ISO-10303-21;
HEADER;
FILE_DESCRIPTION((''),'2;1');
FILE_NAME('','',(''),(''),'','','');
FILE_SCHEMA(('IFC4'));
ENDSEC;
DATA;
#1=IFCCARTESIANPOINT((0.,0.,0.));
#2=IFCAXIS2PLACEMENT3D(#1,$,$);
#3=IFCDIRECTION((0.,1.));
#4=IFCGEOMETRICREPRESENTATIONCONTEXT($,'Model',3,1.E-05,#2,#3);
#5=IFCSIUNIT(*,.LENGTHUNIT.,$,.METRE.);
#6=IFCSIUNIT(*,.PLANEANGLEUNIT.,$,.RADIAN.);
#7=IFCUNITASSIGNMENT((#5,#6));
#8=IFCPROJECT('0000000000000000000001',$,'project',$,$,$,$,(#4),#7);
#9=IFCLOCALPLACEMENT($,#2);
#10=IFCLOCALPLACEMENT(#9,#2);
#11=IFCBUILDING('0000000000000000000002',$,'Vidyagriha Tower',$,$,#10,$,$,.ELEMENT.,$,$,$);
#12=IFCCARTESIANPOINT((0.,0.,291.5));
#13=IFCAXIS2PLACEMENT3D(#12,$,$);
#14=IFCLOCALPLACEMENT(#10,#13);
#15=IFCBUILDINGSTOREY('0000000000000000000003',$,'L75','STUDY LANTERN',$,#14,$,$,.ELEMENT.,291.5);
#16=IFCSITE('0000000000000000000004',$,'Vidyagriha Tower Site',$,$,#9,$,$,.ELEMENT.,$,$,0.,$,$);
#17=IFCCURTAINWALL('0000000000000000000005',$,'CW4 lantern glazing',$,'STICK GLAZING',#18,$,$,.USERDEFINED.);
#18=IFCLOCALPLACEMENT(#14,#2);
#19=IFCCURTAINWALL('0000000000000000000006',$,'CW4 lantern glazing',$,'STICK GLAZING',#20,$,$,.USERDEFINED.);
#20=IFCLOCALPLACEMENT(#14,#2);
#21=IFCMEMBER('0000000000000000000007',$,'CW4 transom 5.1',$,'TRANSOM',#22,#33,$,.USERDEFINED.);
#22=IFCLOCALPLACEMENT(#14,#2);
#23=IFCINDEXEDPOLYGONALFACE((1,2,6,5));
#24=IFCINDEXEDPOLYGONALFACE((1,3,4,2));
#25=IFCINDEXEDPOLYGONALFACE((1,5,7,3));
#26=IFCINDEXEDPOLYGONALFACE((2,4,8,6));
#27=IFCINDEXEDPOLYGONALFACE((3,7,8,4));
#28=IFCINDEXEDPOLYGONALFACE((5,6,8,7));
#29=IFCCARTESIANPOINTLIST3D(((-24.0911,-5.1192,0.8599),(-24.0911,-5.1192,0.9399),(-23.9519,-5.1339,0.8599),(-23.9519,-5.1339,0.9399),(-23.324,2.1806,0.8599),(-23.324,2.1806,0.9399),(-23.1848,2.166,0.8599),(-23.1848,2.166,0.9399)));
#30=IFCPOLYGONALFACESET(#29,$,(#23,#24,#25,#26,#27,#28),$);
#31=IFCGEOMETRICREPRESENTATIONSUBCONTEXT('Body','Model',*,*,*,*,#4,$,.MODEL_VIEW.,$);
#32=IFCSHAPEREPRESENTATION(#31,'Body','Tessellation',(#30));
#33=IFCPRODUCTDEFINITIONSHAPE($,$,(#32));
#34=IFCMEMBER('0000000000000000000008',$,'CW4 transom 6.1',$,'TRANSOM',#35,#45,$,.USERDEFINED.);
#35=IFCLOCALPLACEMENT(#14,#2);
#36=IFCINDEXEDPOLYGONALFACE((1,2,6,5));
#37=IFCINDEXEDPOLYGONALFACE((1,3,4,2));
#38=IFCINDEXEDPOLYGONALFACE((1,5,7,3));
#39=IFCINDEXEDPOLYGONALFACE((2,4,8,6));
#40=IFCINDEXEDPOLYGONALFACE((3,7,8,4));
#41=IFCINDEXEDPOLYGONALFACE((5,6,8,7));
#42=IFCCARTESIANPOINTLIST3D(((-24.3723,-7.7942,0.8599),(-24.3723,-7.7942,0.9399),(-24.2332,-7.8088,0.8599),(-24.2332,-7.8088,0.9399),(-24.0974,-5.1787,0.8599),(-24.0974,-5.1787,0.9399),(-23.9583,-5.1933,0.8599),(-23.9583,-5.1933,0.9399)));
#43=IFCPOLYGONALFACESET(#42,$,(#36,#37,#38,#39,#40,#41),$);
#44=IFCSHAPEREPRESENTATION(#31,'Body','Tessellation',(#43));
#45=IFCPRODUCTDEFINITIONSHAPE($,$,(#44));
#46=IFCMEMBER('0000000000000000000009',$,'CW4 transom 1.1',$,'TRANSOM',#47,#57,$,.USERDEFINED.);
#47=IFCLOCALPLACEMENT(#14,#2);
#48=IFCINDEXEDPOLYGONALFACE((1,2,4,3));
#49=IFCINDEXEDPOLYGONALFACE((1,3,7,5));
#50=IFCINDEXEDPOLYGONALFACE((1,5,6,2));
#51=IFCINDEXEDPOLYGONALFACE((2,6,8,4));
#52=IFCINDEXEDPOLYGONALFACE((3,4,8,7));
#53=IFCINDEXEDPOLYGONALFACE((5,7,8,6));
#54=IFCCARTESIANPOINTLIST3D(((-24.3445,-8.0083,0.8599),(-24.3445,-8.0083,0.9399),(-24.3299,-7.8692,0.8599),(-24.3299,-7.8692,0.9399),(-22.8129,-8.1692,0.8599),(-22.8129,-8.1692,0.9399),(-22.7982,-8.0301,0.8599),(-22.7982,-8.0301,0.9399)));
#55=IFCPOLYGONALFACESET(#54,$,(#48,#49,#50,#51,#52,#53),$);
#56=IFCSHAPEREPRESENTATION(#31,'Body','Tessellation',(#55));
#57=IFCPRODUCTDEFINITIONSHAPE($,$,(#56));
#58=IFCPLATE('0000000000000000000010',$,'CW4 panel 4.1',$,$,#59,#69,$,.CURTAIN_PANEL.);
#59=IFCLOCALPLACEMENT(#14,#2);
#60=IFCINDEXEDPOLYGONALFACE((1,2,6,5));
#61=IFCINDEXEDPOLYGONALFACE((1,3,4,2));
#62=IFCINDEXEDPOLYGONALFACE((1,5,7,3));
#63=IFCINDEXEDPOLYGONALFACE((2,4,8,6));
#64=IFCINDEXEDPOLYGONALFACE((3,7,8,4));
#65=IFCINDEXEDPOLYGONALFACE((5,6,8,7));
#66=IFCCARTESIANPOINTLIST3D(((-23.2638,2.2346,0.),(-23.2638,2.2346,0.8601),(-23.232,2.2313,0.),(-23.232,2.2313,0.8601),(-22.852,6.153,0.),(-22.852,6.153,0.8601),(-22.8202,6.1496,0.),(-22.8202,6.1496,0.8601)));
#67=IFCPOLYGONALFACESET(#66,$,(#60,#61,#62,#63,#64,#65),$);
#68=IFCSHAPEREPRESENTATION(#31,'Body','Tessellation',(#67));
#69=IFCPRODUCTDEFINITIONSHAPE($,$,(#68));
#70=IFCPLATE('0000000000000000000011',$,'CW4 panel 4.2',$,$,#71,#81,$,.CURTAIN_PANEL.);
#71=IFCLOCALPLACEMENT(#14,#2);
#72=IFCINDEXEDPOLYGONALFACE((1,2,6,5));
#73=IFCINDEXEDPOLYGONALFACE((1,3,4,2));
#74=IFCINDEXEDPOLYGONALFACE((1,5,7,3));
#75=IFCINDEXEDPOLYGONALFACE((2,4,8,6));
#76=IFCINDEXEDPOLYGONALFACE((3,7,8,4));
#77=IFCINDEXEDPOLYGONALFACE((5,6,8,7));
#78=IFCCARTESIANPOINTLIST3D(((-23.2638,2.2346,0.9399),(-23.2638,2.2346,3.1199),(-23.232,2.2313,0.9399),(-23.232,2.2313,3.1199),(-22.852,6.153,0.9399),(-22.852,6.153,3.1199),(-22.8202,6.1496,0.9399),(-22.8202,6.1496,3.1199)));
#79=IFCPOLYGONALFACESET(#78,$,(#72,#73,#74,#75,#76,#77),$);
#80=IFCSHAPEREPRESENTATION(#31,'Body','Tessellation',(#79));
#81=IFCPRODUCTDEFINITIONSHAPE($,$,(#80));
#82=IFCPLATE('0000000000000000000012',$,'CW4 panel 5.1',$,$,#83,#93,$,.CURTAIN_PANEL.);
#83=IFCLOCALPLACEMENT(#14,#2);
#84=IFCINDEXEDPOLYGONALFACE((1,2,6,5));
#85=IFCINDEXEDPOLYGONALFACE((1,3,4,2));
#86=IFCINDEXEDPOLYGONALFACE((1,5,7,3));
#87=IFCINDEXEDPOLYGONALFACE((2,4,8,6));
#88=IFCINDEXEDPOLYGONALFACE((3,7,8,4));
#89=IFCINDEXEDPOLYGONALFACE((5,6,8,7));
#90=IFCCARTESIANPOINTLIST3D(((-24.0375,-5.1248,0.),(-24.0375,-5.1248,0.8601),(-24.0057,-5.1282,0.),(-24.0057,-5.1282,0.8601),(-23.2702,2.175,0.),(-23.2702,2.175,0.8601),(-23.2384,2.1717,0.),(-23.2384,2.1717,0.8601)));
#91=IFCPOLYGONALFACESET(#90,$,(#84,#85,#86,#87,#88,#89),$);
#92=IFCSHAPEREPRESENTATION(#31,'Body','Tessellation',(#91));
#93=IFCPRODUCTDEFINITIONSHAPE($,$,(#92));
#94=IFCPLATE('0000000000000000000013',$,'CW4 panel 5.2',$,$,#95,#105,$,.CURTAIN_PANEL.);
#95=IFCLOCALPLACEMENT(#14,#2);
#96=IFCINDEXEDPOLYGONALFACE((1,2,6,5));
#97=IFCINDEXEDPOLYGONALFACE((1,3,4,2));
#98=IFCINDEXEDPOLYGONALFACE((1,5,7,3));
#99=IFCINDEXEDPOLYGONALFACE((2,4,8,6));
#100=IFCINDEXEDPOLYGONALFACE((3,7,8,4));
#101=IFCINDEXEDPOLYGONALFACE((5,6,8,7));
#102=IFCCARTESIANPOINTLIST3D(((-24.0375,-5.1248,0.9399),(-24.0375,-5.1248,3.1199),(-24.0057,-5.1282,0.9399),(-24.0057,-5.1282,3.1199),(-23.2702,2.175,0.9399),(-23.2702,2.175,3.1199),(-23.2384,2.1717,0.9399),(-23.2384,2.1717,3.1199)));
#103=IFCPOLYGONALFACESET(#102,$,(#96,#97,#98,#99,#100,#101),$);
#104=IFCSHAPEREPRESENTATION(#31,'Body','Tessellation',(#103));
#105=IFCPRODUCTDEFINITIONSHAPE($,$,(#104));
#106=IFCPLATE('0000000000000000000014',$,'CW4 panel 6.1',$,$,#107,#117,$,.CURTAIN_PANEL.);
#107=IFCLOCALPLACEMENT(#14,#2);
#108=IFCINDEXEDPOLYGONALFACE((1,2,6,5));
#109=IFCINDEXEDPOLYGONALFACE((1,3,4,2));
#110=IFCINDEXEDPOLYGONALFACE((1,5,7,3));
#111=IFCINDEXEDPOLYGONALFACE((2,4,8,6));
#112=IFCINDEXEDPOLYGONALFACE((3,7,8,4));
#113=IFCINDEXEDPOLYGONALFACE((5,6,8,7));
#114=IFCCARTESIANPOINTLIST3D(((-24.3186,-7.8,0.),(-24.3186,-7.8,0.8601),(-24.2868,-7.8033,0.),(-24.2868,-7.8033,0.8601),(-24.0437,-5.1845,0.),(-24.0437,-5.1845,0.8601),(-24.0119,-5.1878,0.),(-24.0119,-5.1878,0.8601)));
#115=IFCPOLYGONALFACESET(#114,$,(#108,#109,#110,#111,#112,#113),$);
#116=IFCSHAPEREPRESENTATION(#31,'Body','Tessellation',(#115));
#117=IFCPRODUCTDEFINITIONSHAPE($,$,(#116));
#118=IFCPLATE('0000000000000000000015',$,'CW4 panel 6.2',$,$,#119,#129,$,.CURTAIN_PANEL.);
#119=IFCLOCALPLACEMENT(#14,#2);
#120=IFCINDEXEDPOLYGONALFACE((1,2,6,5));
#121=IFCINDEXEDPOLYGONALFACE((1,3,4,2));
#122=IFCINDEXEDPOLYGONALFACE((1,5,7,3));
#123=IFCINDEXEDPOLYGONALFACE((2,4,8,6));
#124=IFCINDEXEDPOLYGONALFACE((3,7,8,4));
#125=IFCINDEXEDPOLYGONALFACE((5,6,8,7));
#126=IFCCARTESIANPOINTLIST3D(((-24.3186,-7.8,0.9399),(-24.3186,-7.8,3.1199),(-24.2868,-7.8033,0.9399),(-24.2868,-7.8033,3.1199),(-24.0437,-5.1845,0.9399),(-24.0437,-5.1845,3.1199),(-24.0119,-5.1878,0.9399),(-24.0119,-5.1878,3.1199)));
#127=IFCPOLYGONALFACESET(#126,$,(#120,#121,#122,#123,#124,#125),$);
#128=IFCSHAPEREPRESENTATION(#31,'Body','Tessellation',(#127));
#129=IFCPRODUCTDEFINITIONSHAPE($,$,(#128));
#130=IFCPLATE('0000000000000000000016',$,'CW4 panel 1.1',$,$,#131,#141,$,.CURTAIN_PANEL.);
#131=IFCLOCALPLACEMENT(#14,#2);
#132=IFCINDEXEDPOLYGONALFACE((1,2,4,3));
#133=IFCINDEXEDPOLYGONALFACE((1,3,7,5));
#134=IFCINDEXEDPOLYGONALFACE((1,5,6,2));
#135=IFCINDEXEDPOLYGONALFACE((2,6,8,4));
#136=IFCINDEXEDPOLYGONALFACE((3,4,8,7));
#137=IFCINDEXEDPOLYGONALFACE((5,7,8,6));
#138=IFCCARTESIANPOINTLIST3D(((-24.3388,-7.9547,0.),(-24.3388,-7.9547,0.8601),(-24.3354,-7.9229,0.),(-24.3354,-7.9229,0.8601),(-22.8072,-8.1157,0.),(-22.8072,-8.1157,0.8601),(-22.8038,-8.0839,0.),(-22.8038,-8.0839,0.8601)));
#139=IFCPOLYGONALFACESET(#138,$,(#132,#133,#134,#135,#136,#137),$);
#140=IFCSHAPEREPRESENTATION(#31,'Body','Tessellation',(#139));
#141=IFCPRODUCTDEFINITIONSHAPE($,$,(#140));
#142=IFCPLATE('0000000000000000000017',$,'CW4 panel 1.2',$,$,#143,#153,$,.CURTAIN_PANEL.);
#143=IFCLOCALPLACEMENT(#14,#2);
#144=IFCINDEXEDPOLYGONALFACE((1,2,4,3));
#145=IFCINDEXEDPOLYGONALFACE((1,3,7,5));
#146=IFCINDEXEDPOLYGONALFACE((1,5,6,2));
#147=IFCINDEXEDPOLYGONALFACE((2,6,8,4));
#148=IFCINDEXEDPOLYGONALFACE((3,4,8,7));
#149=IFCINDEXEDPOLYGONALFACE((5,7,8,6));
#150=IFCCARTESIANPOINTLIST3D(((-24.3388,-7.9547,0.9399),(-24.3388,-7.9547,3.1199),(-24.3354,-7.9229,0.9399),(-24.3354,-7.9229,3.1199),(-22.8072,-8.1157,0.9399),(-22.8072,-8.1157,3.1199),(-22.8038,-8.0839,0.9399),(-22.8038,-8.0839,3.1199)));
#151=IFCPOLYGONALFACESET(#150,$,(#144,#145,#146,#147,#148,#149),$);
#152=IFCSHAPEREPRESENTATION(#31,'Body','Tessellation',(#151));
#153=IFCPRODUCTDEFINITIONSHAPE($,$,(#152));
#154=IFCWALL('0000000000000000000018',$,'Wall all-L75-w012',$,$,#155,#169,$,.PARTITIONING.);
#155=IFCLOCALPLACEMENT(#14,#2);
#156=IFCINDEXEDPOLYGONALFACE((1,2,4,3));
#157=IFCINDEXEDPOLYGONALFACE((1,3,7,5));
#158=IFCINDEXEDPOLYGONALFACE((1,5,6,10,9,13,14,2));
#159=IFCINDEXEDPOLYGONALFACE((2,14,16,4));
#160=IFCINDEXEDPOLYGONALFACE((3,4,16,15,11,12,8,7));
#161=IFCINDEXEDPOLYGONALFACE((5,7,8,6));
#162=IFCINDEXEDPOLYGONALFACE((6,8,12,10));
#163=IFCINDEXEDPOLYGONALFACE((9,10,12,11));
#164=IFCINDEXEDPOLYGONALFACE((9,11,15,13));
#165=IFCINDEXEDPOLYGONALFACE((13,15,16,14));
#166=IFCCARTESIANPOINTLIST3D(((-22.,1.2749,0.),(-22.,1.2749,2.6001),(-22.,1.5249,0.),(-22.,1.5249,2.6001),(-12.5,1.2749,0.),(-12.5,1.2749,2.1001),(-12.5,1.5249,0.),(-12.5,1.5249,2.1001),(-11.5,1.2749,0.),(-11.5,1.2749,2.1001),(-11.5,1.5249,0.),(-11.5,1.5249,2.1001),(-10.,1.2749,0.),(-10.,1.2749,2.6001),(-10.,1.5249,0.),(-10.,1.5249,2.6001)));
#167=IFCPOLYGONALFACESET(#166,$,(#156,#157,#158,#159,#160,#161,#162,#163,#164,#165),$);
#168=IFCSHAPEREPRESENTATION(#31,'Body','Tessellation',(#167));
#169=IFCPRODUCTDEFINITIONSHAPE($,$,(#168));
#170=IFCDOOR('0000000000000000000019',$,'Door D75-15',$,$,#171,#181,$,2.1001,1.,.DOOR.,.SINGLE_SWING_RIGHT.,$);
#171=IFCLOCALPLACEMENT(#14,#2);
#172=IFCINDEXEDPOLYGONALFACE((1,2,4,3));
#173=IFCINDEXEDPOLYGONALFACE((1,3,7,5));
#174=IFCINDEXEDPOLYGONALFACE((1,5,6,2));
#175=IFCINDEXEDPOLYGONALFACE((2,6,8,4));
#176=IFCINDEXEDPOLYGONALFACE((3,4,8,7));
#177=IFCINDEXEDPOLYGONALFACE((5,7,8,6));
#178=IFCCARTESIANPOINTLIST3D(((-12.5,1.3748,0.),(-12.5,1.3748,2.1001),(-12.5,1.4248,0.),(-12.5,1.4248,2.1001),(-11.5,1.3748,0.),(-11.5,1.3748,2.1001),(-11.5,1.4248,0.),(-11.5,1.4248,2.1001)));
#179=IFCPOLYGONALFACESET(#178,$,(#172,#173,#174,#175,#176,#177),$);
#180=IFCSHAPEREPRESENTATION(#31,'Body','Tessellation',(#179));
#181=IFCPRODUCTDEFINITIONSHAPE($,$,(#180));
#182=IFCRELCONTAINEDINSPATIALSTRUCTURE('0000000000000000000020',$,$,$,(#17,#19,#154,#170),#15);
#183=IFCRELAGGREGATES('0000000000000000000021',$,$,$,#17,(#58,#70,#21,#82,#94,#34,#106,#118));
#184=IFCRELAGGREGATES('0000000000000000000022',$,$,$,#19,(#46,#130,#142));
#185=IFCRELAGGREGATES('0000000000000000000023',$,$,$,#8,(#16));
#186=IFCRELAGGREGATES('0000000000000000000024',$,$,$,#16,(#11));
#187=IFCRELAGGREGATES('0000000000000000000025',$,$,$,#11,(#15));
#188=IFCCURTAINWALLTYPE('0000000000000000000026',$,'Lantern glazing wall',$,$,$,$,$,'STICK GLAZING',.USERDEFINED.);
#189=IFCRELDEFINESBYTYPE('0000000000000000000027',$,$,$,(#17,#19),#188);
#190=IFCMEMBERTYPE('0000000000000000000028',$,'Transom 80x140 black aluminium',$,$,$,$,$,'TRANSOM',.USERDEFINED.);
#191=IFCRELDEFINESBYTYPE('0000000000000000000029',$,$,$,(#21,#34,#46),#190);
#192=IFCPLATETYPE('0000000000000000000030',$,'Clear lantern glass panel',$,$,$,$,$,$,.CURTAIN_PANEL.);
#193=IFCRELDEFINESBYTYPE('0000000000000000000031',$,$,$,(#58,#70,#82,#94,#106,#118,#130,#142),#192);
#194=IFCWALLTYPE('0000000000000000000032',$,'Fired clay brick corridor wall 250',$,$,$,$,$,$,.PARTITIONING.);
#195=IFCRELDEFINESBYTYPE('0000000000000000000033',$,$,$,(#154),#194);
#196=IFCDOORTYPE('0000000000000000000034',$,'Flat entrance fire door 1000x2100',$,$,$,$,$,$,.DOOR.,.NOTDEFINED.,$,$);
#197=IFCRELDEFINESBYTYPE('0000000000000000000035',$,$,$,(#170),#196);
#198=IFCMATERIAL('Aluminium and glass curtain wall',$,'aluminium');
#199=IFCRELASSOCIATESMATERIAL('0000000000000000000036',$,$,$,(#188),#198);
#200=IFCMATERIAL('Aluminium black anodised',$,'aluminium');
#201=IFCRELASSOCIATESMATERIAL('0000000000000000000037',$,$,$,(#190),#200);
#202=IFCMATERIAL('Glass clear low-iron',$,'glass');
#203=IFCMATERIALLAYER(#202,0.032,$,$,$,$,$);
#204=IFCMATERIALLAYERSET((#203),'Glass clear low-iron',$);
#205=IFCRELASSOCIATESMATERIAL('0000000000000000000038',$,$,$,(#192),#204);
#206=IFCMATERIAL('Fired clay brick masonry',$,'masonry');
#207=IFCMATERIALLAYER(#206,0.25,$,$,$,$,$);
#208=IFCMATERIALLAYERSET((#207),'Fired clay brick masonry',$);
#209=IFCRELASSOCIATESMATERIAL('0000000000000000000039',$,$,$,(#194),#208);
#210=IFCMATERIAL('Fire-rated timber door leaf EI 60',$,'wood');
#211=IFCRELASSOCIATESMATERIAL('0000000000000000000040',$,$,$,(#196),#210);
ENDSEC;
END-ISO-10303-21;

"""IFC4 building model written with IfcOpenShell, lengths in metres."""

from ifc_helpers import new_model, si_unit, direction, frame, frame_2d, origin, origin_2d, place, context, subcontext, project, spatial, rectangle, extrude, material, layer, layer_set, material_profile, profile_set, type_object, element, fill, aggregate, save


model = new_model("IFC4")

# Units and contexts
model_context = context("Model", 3, precision=1e-05, world=origin(), true_north=direction((0.0, 1.0)))
body_context = subcontext(model_context, "Body", "Model", "MODEL_VIEW")
ifc_project = project(units=[si_unit("LENGTHUNIT", "METRE"), si_unit("PLANEANGLEUNIT", "RADIAN")], contexts=[model_context])

# Site, building, storey
site_placement = place(None, origin())
site = spatial("IfcSite", under=ifc_project, at=site_placement, Name="Vidyagriha Tower Site", CompositionType="ELEMENT", RefElevation=0.0)
building_placement = place(site_placement, origin())
building = spatial("IfcBuilding", under=site, at=building_placement, Name="Vidyagriha Tower", CompositionType="ELEMENT")
storey_placement = place(building_placement, frame((0.0, 0.0, 291.5)))
storey = spatial("IfcBuildingStorey", under=building, at=storey_placement, Name="L75", Description="STUDY LANTERN", CompositionType="ELEMENT", Elevation=291.5)

# Curtain walls
ifc_material_1 = material(Name="Aluminium and glass curtain wall", Category="aluminium")
curtain_wall_type = type_object("IfcCurtainWallType", Name="Lantern glazing wall", ElementType="STICK GLAZING", PredefinedType="USERDEFINED", material=ifc_material_1)
curtain_wall_1_placement = place(storey_placement, origin())
curtain_wall_1 = element("IfcCurtainWall", 1, at=curtain_wall_1_placement, inside=storey, type_object=curtain_wall_type, Name="CW4 lantern glazing", ObjectType="STICK GLAZING", PredefinedType="USERDEFINED")
curtain_wall_2_placement = place(storey_placement, origin())
curtain_wall_2 = element("IfcCurtainWall", 2, at=curtain_wall_2_placement, inside=storey, type_object=curtain_wall_type, Name="CW4 lantern glazing", ObjectType="STICK GLAZING", PredefinedType="USERDEFINED")

# Members
ifc_material_2 = material(Name="Aluminium black anodised", Category="aluminium")
ifc_material_profile_1 = material_profile(ifc_material_2, rectangle(XDim=0.1399, YDim=0.0801, at=origin_2d()), Name="Transom 80x140 black aluminium")
ifc_profile_set_1 = profile_set([ifc_material_profile_1], Name="Aluminium black anodised")
member_type_1 = type_object("IfcMemberType", Name="Transom 80x140 black aluminium", ElementType="TRANSOM", PredefinedType="USERDEFINED", material=ifc_profile_set_1)
member_1_placement = place(storey_placement, frame((-23.2544, 2.1733, 0.8999), z_axis=(-0.104508, -0.994524, 0.0), x_axis=(0.994524, -0.104508, 0.0)))
member_1 = element("IfcMember", 3, at=member_1_placement, type_object=member_type_1, Name="CW4 transom 5.1", ObjectType="TRANSOM", PredefinedType="USERDEFINED", context=body_context, shape_type="SweptSolid", body=[
    extrude(rectangle(XDim=0.1399, YDim=0.0801, at=origin_2d()), origin(), (0.0, 0.0, 1.0), 7.3401),
])
member_2_placement = place(storey_placement, frame((-24.0278, -5.186, 0.8999), z_axis=(-0.10453, -0.994522, 0.0), x_axis=(0.994522, -0.10453, 0.0)))
member_2 = element("IfcMember", 4, at=member_2_placement, type_object=member_type_1, Name="CW4 transom 6.1", ObjectType="TRANSOM", PredefinedType="USERDEFINED", context=body_context, shape_type="SweptSolid", body=[
    extrude(rectangle(XDim=0.1399, YDim=0.0801, at=origin_2d()), origin(), (0.0, 0.0, 1.0), 2.6299),
])
member_3_placement = place(storey_placement, frame((-24.3372, -7.9387, 0.8999), z_axis=(0.994527, -0.104478, 0.0), x_axis=(0.104478, 0.994527, 0.0)))
member_3 = element("IfcMember", 5, at=member_3_placement, type_object=member_type_1, Name="CW4 transom 1.1", ObjectType="TRANSOM", PredefinedType="USERDEFINED", context=body_context, shape_type="SweptSolid", body=[
    extrude(rectangle(XDim=0.1399, YDim=0.0801, at=origin_2d()), origin(), (0.0, 0.0, 1.0), 1.54),
])

# Plates
ifc_material_3 = material(Name="Glass clear low-iron", Category="glass")
ifc_layer_1 = layer(ifc_material_3, 0.032)
ifc_layer_set_1 = layer_set([ifc_layer_1], Name="Glass clear low-iron")
plate_type = type_object("IfcPlateType", Name="Clear lantern glass panel", PredefinedType="CURTAIN_PANEL", material=ifc_layer_set_1)
plate_1_placement = place(storey_placement, frame((-23.042, 4.1921, 0.0), z_axis=(0.0, 0.0, 1.0), x_axis=(-0.104527, -0.994522, 0.0)))
plate_1 = element("IfcPlate", 6, at=plate_1_placement, type_object=plate_type, Name="CW4 panel 4.1", PredefinedType="CURTAIN_PANEL", context=body_context, shape_type="SweptSolid", body=[
    extrude(rectangle(XDim=3.9399, YDim=0.032, at=origin_2d()), origin(), (0.0, 0.0, 1.0), 0.8601),
])
plate_2_placement = place(storey_placement, frame((-23.042, 4.1921, 0.9399), z_axis=(0.0, 0.0, 1.0), x_axis=(-0.104527, -0.994522, 0.0)))
plate_2 = element("IfcPlate", 7, at=plate_2_placement, type_object=plate_type, Name="CW4 panel 4.2", PredefinedType="CURTAIN_PANEL", context=body_context, shape_type="SweptSolid", body=[
    extrude(rectangle(XDim=3.9399, YDim=0.032, at=origin_2d()), origin(), (0.0, 0.0, 1.0), 2.1799),
])
plate_3_placement = place(storey_placement, frame((-23.6379, -1.4766, 0.0), z_axis=(0.0, 0.0, 1.0), x_axis=(-0.104527, -0.994522, 0.0)))
plate_3 = element("IfcPlate", 8, at=plate_3_placement, type_object=plate_type, Name="CW4 panel 5.1", PredefinedType="CURTAIN_PANEL", context=body_context, shape_type="SweptSolid", body=[
    extrude(rectangle(XDim=7.3401, YDim=0.032, at=origin_2d()), origin(), (0.0, 0.0, 1.0), 0.8601),
])
plate_4_placement = place(storey_placement, frame((-23.6379, -1.4766, 0.9399), z_axis=(0.0, 0.0, 1.0), x_axis=(-0.104527, -0.994522, 0.0)))
plate_4 = element("IfcPlate", 9, at=plate_4_placement, type_object=plate_type, Name="CW4 panel 5.2", PredefinedType="CURTAIN_PANEL", context=body_context, shape_type="SweptSolid", body=[
    extrude(rectangle(XDim=7.3401, YDim=0.032, at=origin_2d()), origin(), (0.0, 0.0, 1.0), 2.1799),
])
plate_5_placement = place(storey_placement, frame((-24.1653, -6.4939, 0.0), z_axis=(0.0, 0.0, 1.0), x_axis=(-0.104527, -0.994522, 0.0)))
plate_5 = element("IfcPlate", 10, at=plate_5_placement, type_object=plate_type, Name="CW4 panel 6.1", PredefinedType="CURTAIN_PANEL", context=body_context, shape_type="SweptSolid", body=[
    extrude(rectangle(XDim=2.6299, YDim=0.032, at=origin_2d()), origin(), (0.0, 0.0, 1.0), 0.8601),
])
plate_6_placement = place(storey_placement, frame((-24.1653, -6.4939, 0.9399), z_axis=(0.0, 0.0, 1.0), x_axis=(-0.104527, -0.994522, 0.0)))
plate_6 = element("IfcPlate", 11, at=plate_6_placement, type_object=plate_type, Name="CW4 panel 6.2", PredefinedType="CURTAIN_PANEL", context=body_context, shape_type="SweptSolid", body=[
    extrude(rectangle(XDim=2.6299, YDim=0.032, at=origin_2d()), origin(), (0.0, 0.0, 1.0), 2.1799),
])
aggregate(curtain_wall_1, [plate_1, plate_2, member_1, plate_3, plate_4, member_2, plate_5, plate_6])
plate_7_placement = place(storey_placement, frame((-23.5713, -8.0193, 0.0), z_axis=(0.0, 0.0, 1.0), x_axis=(0.994523, -0.104519, 0.0)))
plate_7 = element("IfcPlate", 12, at=plate_7_placement, type_object=plate_type, Name="CW4 panel 1.1", PredefinedType="CURTAIN_PANEL", context=body_context, shape_type="SweptSolid", body=[
    extrude(rectangle(XDim=1.54, YDim=0.032, at=origin_2d()), origin(), (0.0, 0.0, 1.0), 0.8601),
])
plate_8_placement = place(storey_placement, frame((-23.5713, -8.0193, 0.9399), z_axis=(0.0, 0.0, 1.0), x_axis=(0.994523, -0.104519, 0.0)))
plate_8 = element("IfcPlate", 13, at=plate_8_placement, type_object=plate_type, Name="CW4 panel 1.2", PredefinedType="CURTAIN_PANEL", context=body_context, shape_type="SweptSolid", body=[
    extrude(rectangle(XDim=1.54, YDim=0.032, at=origin_2d()), origin(), (0.0, 0.0, 1.0), 2.1799),
])
aggregate(curtain_wall_2, [member_3, plate_7, plate_8])

# Wall, opening, door
ifc_material_4 = material(Name="Fired clay brick masonry", Category="masonry")
ifc_layer_2 = layer(ifc_material_4, 0.25)
ifc_layer_set_2 = layer_set([ifc_layer_2], Name="Fired clay brick masonry")
wall_type = type_object("IfcWallType", Name="Fired clay brick corridor wall 250", PredefinedType="PARTITIONING", material=ifc_layer_set_2)
wall_placement = place(storey_placement, frame((-22.0, 1.3999, 0.0)))
wall = element("IfcWall", 14, at=wall_placement, inside=storey, type_object=wall_type, Name="Wall all-L75-w012", PredefinedType="PARTITIONING", context=body_context, shape_type="SweptSolid", body=[
    extrude(rectangle(XDim=12.0, YDim=0.25, at=frame_2d((6.0, 0.0))), origin(), (0.0, 0.0, 1.0), 2.6001),
])
opening_placement = place(wall_placement, frame((9.5, 0.0, 0.0)))
opening = element("IfcOpeningElement", 15, at=opening_placement, cuts=wall, PredefinedType="OPENING", context=body_context, shape_type="SweptSolid", body=[
    extrude(rectangle(XDim=1.0, YDim=2.1001, at=frame_2d((0.5, 1.05))), frame((0.0, 0.135, 0.0), z_axis=(0.0, -1.0, 0.0), x_axis=(1.0, 0.0, 0.0)), (0.0, 0.0, 1.0), 0.27),
])
ifc_material_5 = material(Name="Fire-rated timber door leaf EI 60", Category="wood")
door_type = type_object("IfcDoorType", Name="Flat entrance fire door 1000x2100", OperationType="NOTDEFINED", PredefinedType="DOOR", material=ifc_material_5)
door_placement = place(opening_placement, origin())
door = element("IfcDoor", 16, at=door_placement, inside=storey, type_object=door_type, Name="Door D75-15", OperationType="SINGLE_SWING_RIGHT", OverallHeight=2.1001, OverallWidth=1.0, PredefinedType="DOOR", context=body_context, shape_type="SweptSolid", body=[
    extrude(rectangle(XDim=1.0, YDim=2.1001, at=frame_2d((0.5, 1.05))), frame((0.0, 0.0249, 0.0), z_axis=(0.0, -1.0, 0.0), x_axis=(1.0, 0.0, 0.0)), (0.0, 0.0, 1.0), 0.05),
])
fill(opening, door)

save(model, "model.ifc")
